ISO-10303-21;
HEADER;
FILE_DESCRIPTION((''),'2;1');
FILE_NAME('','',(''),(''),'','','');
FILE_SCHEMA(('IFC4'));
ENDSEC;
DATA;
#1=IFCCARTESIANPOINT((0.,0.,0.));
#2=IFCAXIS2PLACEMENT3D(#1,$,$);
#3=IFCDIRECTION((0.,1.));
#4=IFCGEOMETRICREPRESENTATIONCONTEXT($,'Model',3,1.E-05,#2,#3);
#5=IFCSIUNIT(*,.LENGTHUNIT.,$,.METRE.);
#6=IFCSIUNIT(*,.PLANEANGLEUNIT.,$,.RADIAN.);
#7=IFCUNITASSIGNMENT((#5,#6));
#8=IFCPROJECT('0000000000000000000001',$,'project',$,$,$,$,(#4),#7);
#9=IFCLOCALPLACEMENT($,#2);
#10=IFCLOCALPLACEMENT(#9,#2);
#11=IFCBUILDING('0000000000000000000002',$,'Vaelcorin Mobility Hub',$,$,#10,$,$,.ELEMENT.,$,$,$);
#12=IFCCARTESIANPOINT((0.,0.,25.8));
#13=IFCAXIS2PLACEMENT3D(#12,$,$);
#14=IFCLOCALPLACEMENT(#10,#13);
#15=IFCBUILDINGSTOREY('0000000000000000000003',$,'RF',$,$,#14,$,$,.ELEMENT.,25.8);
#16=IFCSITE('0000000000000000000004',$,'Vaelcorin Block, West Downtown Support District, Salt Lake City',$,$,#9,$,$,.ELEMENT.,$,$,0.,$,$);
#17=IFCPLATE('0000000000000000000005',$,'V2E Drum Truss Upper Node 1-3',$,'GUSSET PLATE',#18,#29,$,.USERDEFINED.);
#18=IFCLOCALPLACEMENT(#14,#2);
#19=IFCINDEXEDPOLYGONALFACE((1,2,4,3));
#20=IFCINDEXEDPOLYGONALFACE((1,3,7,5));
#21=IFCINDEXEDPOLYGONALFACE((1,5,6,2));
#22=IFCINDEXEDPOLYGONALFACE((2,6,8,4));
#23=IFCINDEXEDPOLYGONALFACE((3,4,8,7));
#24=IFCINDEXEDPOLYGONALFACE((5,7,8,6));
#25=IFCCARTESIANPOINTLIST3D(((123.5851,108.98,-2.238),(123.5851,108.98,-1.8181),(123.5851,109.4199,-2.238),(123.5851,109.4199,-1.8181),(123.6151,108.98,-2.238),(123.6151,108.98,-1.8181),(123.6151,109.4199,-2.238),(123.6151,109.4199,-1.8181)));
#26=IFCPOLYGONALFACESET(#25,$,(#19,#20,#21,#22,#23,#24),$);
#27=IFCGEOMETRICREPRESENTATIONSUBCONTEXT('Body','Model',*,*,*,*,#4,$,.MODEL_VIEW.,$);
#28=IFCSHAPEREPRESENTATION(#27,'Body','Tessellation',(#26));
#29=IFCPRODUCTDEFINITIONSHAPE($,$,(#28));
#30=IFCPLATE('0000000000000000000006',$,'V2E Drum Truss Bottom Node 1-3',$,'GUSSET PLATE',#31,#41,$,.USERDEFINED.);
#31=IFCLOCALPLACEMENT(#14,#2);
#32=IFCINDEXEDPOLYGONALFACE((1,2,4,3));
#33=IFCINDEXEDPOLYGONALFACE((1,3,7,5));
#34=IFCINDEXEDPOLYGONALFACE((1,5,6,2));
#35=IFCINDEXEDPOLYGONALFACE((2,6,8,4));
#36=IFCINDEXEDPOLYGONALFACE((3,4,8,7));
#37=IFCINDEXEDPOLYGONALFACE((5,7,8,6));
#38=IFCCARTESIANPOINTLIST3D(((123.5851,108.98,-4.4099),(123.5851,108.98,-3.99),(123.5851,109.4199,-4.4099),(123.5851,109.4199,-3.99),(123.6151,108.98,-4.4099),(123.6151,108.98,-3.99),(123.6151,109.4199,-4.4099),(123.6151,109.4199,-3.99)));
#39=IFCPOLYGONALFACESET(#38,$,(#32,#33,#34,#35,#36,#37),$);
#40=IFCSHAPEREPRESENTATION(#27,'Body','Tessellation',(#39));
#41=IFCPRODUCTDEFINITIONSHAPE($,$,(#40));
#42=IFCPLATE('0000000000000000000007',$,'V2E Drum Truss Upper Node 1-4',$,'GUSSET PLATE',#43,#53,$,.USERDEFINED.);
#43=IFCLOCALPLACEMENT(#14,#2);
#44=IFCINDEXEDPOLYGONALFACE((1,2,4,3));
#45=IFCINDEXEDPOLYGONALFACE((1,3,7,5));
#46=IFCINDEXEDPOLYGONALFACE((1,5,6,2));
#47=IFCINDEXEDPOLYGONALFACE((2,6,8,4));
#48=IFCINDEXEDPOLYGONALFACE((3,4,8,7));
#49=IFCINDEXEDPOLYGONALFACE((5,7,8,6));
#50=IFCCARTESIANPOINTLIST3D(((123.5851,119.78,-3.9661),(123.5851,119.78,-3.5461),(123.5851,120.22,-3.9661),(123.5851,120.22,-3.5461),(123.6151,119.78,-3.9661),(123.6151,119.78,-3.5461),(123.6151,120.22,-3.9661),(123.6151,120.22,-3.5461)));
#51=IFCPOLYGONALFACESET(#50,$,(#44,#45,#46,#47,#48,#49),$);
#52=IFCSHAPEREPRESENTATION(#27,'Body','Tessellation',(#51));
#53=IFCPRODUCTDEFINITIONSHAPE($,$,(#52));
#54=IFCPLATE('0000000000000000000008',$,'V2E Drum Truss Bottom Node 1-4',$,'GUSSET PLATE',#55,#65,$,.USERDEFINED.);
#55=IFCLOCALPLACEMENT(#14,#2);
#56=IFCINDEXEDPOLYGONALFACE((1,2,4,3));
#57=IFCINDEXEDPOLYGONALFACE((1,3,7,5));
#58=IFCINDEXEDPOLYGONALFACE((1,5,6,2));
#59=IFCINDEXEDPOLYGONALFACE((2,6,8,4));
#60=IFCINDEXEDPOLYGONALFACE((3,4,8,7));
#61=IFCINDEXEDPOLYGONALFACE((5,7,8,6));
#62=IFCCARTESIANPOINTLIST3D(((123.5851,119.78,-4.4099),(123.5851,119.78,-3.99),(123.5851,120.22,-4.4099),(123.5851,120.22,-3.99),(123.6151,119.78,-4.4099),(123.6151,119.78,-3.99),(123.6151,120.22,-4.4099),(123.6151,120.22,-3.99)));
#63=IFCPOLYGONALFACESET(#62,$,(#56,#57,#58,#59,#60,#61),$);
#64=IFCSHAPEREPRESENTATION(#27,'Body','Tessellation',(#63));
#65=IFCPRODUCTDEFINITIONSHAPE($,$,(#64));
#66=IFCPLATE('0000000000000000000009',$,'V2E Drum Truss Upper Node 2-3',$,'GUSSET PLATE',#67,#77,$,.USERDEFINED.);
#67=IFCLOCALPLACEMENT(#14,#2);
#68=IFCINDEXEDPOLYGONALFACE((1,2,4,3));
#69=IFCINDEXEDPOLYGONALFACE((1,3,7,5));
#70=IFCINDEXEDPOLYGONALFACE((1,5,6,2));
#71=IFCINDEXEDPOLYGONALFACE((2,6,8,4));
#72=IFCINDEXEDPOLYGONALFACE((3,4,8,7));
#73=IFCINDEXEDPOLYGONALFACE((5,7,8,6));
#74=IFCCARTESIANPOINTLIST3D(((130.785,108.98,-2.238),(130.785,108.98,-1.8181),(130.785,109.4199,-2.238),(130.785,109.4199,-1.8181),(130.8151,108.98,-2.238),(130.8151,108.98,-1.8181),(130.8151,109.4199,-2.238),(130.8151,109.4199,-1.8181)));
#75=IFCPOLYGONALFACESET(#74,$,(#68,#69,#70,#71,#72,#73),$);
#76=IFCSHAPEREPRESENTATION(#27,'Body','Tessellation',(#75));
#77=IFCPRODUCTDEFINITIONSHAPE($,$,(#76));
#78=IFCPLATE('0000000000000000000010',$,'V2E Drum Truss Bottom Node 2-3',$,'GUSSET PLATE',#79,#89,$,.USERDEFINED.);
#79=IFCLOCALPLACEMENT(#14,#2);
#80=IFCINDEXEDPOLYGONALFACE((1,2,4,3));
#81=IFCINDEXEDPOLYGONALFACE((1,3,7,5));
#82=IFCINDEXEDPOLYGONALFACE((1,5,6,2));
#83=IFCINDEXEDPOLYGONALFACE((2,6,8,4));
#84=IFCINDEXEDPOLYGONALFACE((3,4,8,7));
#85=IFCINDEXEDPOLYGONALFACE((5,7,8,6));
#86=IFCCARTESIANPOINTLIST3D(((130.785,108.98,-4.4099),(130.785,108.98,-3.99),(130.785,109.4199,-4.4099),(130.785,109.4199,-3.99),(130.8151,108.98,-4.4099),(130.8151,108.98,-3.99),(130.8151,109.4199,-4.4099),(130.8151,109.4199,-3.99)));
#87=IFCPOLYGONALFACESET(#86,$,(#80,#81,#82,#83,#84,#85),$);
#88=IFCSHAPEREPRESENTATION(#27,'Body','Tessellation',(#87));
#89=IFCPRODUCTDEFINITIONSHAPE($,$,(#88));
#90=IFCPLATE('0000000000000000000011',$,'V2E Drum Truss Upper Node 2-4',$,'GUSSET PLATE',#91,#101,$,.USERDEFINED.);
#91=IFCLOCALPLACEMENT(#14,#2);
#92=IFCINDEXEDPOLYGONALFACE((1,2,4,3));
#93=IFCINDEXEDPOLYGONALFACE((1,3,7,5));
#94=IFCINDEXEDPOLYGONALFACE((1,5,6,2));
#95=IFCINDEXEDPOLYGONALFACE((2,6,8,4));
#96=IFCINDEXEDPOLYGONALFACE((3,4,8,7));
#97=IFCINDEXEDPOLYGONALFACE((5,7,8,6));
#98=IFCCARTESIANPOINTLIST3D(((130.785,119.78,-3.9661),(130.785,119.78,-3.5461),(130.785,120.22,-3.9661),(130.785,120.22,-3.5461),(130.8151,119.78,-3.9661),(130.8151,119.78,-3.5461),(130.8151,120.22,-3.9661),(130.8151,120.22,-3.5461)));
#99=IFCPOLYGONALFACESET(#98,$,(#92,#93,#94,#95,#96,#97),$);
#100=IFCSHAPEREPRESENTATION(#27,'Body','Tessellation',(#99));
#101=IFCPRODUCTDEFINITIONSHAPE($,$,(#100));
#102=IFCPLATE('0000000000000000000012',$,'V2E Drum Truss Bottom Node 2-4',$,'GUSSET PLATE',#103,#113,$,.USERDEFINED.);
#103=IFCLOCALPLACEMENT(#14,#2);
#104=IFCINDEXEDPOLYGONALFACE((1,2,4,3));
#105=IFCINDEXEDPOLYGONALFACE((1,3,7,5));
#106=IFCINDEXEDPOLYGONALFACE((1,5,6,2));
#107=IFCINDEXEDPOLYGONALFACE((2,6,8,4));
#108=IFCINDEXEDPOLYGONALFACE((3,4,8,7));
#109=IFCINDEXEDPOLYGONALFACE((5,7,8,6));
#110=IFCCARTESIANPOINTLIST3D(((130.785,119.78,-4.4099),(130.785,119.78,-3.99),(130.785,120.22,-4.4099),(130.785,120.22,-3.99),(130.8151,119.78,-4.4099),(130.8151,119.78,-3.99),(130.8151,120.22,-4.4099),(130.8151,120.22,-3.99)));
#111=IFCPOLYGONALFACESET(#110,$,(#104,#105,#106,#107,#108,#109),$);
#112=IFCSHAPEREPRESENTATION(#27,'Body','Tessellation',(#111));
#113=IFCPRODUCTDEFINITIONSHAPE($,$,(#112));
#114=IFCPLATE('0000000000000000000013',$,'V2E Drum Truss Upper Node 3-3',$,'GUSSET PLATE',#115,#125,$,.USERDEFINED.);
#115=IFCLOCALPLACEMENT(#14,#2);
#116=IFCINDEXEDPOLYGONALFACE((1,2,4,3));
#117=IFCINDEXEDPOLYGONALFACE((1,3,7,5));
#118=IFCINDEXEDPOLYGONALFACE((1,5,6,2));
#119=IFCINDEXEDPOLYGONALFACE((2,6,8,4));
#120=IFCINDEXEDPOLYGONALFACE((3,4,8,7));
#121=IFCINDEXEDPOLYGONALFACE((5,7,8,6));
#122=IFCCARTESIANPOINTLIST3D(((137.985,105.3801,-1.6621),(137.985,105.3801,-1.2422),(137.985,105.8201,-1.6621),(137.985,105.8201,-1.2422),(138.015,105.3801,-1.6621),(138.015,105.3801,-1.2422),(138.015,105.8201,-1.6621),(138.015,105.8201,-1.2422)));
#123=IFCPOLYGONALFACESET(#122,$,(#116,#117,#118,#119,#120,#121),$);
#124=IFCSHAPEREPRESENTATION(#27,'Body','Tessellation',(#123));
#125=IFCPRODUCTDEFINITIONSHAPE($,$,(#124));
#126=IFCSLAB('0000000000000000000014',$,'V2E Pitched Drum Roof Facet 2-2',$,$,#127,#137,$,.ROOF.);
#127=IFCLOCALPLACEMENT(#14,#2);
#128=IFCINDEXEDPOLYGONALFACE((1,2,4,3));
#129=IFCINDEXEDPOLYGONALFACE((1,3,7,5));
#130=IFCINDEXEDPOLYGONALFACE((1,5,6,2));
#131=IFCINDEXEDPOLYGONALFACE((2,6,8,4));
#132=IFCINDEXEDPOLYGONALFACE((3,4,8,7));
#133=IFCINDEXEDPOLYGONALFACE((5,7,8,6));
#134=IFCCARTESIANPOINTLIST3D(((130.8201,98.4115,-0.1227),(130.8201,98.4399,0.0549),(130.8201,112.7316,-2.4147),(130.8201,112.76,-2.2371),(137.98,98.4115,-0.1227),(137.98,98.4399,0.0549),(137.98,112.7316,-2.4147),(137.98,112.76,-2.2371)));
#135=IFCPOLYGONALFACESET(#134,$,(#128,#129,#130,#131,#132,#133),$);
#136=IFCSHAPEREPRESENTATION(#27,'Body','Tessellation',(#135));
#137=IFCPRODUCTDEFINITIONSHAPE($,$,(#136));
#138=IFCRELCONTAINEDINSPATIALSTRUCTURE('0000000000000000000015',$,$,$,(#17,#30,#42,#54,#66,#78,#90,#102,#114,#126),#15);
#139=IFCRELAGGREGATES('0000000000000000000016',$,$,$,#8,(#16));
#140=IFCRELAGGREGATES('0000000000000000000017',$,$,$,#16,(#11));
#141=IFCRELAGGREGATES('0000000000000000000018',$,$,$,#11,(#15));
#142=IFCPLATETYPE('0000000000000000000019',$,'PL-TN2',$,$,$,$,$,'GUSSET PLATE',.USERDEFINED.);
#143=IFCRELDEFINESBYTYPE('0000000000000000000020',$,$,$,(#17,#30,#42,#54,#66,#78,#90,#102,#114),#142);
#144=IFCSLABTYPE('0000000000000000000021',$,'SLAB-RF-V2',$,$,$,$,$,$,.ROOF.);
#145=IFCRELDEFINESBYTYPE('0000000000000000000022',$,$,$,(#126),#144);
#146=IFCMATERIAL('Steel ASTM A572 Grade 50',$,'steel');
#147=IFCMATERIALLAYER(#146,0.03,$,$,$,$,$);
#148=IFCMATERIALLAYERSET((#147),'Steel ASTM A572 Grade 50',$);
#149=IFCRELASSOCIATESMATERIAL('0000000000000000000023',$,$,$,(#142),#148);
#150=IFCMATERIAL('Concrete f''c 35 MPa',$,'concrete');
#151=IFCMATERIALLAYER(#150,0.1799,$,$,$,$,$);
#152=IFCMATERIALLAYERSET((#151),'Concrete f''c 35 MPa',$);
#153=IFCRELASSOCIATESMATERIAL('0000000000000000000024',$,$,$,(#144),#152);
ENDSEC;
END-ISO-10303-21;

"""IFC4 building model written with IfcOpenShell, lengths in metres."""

from ifc_helpers import new_model, si_unit, direction, frame, origin, origin_2d, place, context, subcontext, project, spatial, polyline, rectangle, outline, extrude, material, layer, layer_set, type_object, element, save


model = new_model("IFC4")

# Units and contexts
model_context = context("Model", 3, precision=1e-05, world=origin(), true_north=direction((0.0, 1.0)))
body_context = subcontext(model_context, "Body", "Model", "MODEL_VIEW")
ifc_project = project(units=[si_unit("LENGTHUNIT", "METRE"), si_unit("PLANEANGLEUNIT", "RADIAN")], contexts=[model_context])

# Site, building, storey
site_placement = place(None, origin())
site = spatial("IfcSite", under=ifc_project, at=site_placement, Name="Vaelcorin Block, West Downtown Support District, Salt Lake City", CompositionType="ELEMENT", RefElevation=0.0)
building_placement = place(site_placement, origin())
building = spatial("IfcBuilding", under=site, at=building_placement, Name="Vaelcorin Mobility Hub", CompositionType="ELEMENT")
storey_placement = place(building_placement, frame((0.0, 0.0, 25.8)))
storey = spatial("IfcBuildingStorey", under=building, at=storey_placement, Name="RF", CompositionType="ELEMENT", Elevation=25.8)

# Plates
ifc_material_1 = material(Name="Steel ASTM A572 Grade 50", Category="steel")
ifc_layer_1 = layer(ifc_material_1, 0.03)
ifc_layer_set_1 = layer_set([ifc_layer_1], Name="Steel ASTM A572 Grade 50")
plate_type = type_object("IfcPlateType", Name="PL-TN2", ElementType="GUSSET PLATE", PredefinedType="USERDEFINED", material=ifc_layer_set_1)
for number, where, z_axis, x_axis, name in (
    (1, (123.6001, 109.2, -2.238), (0.0, 0.0, 1.0), (1.0, 0.0, 0.0), "V2E Drum Truss Upper Node 1-3"),
    (2, (123.6001, 109.2, -4.4099), (0.0, 0.0, 1.0), (1.0, 0.0, 0.0), "V2E Drum Truss Bottom Node 1-3"),
    (3, (123.6001, 120.0, -3.9661), (0.0, 0.0, 1.0), (1.0, 0.0, 0.0), "V2E Drum Truss Upper Node 1-4"),
    (4, (123.6001, 120.0, -4.4099), (0.0, 0.0, 1.0), (1.0, 0.0, 0.0), "V2E Drum Truss Bottom Node 1-4"),
    (5, (130.8, 109.2, -2.238), (0.0, 0.0, 1.0), (1.0, 0.0, 0.0), "V2E Drum Truss Upper Node 2-3"),
    (6, (130.8, 109.2, -4.4099), (0.0, 0.0, 1.0), (1.0, 0.0, 0.0), "V2E Drum Truss Bottom Node 2-3"),
    (7, (130.8, 120.0, -3.9661), (0.0, 0.0, 1.0), (1.0, 0.0, 0.0), "V2E Drum Truss Upper Node 2-4"),
    (8, (130.8, 120.0, -4.4099), (0.0, 0.0, 1.0), (1.0, 0.0, 0.0), "V2E Drum Truss Bottom Node 2-4"),
    (9, (138.0, 105.6001, -1.6621), (0.0, 0.0, 1.0), (1.0, 0.0, 0.0), "V2E Drum Truss Upper Node 3-3"),
):
    element("IfcPlate", number, at=place(storey_placement, frame(where, z_axis=z_axis, x_axis=x_axis)), inside=storey, type_object=plate_type, Name=name, ObjectType="GUSSET PLATE", PredefinedType="USERDEFINED", context=body_context, shape_type="SweptSolid", body=[
        extrude(rectangle(XDim=0.03, YDim=0.4399, at=origin_2d()), origin(), (0.0, 0.0, 1.0), 0.4199),
    ])

# Slab
ifc_material_2 = material(Name="Concrete f'c 35 MPa", Category="concrete")
ifc_layer_2 = layer(ifc_material_2, 0.1799)
ifc_layer_set_2 = layer_set([ifc_layer_2], Name="Concrete f'c 35 MPa")
slab_type = type_object("IfcSlabType", Name="SLAB-RF-V2", PredefinedType="ROOF", material=ifc_layer_set_2)
slab_placement = place(storey_placement, frame((130.8201, 98.4399, 0.0549), z_axis=(0.0, 0.158043, 0.987432), x_axis=(1.0, 0.0, 0.0)))
element("IfcSlab", 10, at=slab_placement, inside=storey, type_object=slab_type, Name="V2E Pitched Drum Roof Facet 2-2", PredefinedType="ROOF", context=body_context, shape_type="SweptSolid", body=[
    extrude(outline(polyline([(0.0, 0.0), (7.1599, 0.0), (7.1599, 14.5023), (0.0, 14.5023), (0.0, 0.0)])), origin(), (0.0, 0.0, -1.0), 0.1799),
])

save(model, "model.ifc")
